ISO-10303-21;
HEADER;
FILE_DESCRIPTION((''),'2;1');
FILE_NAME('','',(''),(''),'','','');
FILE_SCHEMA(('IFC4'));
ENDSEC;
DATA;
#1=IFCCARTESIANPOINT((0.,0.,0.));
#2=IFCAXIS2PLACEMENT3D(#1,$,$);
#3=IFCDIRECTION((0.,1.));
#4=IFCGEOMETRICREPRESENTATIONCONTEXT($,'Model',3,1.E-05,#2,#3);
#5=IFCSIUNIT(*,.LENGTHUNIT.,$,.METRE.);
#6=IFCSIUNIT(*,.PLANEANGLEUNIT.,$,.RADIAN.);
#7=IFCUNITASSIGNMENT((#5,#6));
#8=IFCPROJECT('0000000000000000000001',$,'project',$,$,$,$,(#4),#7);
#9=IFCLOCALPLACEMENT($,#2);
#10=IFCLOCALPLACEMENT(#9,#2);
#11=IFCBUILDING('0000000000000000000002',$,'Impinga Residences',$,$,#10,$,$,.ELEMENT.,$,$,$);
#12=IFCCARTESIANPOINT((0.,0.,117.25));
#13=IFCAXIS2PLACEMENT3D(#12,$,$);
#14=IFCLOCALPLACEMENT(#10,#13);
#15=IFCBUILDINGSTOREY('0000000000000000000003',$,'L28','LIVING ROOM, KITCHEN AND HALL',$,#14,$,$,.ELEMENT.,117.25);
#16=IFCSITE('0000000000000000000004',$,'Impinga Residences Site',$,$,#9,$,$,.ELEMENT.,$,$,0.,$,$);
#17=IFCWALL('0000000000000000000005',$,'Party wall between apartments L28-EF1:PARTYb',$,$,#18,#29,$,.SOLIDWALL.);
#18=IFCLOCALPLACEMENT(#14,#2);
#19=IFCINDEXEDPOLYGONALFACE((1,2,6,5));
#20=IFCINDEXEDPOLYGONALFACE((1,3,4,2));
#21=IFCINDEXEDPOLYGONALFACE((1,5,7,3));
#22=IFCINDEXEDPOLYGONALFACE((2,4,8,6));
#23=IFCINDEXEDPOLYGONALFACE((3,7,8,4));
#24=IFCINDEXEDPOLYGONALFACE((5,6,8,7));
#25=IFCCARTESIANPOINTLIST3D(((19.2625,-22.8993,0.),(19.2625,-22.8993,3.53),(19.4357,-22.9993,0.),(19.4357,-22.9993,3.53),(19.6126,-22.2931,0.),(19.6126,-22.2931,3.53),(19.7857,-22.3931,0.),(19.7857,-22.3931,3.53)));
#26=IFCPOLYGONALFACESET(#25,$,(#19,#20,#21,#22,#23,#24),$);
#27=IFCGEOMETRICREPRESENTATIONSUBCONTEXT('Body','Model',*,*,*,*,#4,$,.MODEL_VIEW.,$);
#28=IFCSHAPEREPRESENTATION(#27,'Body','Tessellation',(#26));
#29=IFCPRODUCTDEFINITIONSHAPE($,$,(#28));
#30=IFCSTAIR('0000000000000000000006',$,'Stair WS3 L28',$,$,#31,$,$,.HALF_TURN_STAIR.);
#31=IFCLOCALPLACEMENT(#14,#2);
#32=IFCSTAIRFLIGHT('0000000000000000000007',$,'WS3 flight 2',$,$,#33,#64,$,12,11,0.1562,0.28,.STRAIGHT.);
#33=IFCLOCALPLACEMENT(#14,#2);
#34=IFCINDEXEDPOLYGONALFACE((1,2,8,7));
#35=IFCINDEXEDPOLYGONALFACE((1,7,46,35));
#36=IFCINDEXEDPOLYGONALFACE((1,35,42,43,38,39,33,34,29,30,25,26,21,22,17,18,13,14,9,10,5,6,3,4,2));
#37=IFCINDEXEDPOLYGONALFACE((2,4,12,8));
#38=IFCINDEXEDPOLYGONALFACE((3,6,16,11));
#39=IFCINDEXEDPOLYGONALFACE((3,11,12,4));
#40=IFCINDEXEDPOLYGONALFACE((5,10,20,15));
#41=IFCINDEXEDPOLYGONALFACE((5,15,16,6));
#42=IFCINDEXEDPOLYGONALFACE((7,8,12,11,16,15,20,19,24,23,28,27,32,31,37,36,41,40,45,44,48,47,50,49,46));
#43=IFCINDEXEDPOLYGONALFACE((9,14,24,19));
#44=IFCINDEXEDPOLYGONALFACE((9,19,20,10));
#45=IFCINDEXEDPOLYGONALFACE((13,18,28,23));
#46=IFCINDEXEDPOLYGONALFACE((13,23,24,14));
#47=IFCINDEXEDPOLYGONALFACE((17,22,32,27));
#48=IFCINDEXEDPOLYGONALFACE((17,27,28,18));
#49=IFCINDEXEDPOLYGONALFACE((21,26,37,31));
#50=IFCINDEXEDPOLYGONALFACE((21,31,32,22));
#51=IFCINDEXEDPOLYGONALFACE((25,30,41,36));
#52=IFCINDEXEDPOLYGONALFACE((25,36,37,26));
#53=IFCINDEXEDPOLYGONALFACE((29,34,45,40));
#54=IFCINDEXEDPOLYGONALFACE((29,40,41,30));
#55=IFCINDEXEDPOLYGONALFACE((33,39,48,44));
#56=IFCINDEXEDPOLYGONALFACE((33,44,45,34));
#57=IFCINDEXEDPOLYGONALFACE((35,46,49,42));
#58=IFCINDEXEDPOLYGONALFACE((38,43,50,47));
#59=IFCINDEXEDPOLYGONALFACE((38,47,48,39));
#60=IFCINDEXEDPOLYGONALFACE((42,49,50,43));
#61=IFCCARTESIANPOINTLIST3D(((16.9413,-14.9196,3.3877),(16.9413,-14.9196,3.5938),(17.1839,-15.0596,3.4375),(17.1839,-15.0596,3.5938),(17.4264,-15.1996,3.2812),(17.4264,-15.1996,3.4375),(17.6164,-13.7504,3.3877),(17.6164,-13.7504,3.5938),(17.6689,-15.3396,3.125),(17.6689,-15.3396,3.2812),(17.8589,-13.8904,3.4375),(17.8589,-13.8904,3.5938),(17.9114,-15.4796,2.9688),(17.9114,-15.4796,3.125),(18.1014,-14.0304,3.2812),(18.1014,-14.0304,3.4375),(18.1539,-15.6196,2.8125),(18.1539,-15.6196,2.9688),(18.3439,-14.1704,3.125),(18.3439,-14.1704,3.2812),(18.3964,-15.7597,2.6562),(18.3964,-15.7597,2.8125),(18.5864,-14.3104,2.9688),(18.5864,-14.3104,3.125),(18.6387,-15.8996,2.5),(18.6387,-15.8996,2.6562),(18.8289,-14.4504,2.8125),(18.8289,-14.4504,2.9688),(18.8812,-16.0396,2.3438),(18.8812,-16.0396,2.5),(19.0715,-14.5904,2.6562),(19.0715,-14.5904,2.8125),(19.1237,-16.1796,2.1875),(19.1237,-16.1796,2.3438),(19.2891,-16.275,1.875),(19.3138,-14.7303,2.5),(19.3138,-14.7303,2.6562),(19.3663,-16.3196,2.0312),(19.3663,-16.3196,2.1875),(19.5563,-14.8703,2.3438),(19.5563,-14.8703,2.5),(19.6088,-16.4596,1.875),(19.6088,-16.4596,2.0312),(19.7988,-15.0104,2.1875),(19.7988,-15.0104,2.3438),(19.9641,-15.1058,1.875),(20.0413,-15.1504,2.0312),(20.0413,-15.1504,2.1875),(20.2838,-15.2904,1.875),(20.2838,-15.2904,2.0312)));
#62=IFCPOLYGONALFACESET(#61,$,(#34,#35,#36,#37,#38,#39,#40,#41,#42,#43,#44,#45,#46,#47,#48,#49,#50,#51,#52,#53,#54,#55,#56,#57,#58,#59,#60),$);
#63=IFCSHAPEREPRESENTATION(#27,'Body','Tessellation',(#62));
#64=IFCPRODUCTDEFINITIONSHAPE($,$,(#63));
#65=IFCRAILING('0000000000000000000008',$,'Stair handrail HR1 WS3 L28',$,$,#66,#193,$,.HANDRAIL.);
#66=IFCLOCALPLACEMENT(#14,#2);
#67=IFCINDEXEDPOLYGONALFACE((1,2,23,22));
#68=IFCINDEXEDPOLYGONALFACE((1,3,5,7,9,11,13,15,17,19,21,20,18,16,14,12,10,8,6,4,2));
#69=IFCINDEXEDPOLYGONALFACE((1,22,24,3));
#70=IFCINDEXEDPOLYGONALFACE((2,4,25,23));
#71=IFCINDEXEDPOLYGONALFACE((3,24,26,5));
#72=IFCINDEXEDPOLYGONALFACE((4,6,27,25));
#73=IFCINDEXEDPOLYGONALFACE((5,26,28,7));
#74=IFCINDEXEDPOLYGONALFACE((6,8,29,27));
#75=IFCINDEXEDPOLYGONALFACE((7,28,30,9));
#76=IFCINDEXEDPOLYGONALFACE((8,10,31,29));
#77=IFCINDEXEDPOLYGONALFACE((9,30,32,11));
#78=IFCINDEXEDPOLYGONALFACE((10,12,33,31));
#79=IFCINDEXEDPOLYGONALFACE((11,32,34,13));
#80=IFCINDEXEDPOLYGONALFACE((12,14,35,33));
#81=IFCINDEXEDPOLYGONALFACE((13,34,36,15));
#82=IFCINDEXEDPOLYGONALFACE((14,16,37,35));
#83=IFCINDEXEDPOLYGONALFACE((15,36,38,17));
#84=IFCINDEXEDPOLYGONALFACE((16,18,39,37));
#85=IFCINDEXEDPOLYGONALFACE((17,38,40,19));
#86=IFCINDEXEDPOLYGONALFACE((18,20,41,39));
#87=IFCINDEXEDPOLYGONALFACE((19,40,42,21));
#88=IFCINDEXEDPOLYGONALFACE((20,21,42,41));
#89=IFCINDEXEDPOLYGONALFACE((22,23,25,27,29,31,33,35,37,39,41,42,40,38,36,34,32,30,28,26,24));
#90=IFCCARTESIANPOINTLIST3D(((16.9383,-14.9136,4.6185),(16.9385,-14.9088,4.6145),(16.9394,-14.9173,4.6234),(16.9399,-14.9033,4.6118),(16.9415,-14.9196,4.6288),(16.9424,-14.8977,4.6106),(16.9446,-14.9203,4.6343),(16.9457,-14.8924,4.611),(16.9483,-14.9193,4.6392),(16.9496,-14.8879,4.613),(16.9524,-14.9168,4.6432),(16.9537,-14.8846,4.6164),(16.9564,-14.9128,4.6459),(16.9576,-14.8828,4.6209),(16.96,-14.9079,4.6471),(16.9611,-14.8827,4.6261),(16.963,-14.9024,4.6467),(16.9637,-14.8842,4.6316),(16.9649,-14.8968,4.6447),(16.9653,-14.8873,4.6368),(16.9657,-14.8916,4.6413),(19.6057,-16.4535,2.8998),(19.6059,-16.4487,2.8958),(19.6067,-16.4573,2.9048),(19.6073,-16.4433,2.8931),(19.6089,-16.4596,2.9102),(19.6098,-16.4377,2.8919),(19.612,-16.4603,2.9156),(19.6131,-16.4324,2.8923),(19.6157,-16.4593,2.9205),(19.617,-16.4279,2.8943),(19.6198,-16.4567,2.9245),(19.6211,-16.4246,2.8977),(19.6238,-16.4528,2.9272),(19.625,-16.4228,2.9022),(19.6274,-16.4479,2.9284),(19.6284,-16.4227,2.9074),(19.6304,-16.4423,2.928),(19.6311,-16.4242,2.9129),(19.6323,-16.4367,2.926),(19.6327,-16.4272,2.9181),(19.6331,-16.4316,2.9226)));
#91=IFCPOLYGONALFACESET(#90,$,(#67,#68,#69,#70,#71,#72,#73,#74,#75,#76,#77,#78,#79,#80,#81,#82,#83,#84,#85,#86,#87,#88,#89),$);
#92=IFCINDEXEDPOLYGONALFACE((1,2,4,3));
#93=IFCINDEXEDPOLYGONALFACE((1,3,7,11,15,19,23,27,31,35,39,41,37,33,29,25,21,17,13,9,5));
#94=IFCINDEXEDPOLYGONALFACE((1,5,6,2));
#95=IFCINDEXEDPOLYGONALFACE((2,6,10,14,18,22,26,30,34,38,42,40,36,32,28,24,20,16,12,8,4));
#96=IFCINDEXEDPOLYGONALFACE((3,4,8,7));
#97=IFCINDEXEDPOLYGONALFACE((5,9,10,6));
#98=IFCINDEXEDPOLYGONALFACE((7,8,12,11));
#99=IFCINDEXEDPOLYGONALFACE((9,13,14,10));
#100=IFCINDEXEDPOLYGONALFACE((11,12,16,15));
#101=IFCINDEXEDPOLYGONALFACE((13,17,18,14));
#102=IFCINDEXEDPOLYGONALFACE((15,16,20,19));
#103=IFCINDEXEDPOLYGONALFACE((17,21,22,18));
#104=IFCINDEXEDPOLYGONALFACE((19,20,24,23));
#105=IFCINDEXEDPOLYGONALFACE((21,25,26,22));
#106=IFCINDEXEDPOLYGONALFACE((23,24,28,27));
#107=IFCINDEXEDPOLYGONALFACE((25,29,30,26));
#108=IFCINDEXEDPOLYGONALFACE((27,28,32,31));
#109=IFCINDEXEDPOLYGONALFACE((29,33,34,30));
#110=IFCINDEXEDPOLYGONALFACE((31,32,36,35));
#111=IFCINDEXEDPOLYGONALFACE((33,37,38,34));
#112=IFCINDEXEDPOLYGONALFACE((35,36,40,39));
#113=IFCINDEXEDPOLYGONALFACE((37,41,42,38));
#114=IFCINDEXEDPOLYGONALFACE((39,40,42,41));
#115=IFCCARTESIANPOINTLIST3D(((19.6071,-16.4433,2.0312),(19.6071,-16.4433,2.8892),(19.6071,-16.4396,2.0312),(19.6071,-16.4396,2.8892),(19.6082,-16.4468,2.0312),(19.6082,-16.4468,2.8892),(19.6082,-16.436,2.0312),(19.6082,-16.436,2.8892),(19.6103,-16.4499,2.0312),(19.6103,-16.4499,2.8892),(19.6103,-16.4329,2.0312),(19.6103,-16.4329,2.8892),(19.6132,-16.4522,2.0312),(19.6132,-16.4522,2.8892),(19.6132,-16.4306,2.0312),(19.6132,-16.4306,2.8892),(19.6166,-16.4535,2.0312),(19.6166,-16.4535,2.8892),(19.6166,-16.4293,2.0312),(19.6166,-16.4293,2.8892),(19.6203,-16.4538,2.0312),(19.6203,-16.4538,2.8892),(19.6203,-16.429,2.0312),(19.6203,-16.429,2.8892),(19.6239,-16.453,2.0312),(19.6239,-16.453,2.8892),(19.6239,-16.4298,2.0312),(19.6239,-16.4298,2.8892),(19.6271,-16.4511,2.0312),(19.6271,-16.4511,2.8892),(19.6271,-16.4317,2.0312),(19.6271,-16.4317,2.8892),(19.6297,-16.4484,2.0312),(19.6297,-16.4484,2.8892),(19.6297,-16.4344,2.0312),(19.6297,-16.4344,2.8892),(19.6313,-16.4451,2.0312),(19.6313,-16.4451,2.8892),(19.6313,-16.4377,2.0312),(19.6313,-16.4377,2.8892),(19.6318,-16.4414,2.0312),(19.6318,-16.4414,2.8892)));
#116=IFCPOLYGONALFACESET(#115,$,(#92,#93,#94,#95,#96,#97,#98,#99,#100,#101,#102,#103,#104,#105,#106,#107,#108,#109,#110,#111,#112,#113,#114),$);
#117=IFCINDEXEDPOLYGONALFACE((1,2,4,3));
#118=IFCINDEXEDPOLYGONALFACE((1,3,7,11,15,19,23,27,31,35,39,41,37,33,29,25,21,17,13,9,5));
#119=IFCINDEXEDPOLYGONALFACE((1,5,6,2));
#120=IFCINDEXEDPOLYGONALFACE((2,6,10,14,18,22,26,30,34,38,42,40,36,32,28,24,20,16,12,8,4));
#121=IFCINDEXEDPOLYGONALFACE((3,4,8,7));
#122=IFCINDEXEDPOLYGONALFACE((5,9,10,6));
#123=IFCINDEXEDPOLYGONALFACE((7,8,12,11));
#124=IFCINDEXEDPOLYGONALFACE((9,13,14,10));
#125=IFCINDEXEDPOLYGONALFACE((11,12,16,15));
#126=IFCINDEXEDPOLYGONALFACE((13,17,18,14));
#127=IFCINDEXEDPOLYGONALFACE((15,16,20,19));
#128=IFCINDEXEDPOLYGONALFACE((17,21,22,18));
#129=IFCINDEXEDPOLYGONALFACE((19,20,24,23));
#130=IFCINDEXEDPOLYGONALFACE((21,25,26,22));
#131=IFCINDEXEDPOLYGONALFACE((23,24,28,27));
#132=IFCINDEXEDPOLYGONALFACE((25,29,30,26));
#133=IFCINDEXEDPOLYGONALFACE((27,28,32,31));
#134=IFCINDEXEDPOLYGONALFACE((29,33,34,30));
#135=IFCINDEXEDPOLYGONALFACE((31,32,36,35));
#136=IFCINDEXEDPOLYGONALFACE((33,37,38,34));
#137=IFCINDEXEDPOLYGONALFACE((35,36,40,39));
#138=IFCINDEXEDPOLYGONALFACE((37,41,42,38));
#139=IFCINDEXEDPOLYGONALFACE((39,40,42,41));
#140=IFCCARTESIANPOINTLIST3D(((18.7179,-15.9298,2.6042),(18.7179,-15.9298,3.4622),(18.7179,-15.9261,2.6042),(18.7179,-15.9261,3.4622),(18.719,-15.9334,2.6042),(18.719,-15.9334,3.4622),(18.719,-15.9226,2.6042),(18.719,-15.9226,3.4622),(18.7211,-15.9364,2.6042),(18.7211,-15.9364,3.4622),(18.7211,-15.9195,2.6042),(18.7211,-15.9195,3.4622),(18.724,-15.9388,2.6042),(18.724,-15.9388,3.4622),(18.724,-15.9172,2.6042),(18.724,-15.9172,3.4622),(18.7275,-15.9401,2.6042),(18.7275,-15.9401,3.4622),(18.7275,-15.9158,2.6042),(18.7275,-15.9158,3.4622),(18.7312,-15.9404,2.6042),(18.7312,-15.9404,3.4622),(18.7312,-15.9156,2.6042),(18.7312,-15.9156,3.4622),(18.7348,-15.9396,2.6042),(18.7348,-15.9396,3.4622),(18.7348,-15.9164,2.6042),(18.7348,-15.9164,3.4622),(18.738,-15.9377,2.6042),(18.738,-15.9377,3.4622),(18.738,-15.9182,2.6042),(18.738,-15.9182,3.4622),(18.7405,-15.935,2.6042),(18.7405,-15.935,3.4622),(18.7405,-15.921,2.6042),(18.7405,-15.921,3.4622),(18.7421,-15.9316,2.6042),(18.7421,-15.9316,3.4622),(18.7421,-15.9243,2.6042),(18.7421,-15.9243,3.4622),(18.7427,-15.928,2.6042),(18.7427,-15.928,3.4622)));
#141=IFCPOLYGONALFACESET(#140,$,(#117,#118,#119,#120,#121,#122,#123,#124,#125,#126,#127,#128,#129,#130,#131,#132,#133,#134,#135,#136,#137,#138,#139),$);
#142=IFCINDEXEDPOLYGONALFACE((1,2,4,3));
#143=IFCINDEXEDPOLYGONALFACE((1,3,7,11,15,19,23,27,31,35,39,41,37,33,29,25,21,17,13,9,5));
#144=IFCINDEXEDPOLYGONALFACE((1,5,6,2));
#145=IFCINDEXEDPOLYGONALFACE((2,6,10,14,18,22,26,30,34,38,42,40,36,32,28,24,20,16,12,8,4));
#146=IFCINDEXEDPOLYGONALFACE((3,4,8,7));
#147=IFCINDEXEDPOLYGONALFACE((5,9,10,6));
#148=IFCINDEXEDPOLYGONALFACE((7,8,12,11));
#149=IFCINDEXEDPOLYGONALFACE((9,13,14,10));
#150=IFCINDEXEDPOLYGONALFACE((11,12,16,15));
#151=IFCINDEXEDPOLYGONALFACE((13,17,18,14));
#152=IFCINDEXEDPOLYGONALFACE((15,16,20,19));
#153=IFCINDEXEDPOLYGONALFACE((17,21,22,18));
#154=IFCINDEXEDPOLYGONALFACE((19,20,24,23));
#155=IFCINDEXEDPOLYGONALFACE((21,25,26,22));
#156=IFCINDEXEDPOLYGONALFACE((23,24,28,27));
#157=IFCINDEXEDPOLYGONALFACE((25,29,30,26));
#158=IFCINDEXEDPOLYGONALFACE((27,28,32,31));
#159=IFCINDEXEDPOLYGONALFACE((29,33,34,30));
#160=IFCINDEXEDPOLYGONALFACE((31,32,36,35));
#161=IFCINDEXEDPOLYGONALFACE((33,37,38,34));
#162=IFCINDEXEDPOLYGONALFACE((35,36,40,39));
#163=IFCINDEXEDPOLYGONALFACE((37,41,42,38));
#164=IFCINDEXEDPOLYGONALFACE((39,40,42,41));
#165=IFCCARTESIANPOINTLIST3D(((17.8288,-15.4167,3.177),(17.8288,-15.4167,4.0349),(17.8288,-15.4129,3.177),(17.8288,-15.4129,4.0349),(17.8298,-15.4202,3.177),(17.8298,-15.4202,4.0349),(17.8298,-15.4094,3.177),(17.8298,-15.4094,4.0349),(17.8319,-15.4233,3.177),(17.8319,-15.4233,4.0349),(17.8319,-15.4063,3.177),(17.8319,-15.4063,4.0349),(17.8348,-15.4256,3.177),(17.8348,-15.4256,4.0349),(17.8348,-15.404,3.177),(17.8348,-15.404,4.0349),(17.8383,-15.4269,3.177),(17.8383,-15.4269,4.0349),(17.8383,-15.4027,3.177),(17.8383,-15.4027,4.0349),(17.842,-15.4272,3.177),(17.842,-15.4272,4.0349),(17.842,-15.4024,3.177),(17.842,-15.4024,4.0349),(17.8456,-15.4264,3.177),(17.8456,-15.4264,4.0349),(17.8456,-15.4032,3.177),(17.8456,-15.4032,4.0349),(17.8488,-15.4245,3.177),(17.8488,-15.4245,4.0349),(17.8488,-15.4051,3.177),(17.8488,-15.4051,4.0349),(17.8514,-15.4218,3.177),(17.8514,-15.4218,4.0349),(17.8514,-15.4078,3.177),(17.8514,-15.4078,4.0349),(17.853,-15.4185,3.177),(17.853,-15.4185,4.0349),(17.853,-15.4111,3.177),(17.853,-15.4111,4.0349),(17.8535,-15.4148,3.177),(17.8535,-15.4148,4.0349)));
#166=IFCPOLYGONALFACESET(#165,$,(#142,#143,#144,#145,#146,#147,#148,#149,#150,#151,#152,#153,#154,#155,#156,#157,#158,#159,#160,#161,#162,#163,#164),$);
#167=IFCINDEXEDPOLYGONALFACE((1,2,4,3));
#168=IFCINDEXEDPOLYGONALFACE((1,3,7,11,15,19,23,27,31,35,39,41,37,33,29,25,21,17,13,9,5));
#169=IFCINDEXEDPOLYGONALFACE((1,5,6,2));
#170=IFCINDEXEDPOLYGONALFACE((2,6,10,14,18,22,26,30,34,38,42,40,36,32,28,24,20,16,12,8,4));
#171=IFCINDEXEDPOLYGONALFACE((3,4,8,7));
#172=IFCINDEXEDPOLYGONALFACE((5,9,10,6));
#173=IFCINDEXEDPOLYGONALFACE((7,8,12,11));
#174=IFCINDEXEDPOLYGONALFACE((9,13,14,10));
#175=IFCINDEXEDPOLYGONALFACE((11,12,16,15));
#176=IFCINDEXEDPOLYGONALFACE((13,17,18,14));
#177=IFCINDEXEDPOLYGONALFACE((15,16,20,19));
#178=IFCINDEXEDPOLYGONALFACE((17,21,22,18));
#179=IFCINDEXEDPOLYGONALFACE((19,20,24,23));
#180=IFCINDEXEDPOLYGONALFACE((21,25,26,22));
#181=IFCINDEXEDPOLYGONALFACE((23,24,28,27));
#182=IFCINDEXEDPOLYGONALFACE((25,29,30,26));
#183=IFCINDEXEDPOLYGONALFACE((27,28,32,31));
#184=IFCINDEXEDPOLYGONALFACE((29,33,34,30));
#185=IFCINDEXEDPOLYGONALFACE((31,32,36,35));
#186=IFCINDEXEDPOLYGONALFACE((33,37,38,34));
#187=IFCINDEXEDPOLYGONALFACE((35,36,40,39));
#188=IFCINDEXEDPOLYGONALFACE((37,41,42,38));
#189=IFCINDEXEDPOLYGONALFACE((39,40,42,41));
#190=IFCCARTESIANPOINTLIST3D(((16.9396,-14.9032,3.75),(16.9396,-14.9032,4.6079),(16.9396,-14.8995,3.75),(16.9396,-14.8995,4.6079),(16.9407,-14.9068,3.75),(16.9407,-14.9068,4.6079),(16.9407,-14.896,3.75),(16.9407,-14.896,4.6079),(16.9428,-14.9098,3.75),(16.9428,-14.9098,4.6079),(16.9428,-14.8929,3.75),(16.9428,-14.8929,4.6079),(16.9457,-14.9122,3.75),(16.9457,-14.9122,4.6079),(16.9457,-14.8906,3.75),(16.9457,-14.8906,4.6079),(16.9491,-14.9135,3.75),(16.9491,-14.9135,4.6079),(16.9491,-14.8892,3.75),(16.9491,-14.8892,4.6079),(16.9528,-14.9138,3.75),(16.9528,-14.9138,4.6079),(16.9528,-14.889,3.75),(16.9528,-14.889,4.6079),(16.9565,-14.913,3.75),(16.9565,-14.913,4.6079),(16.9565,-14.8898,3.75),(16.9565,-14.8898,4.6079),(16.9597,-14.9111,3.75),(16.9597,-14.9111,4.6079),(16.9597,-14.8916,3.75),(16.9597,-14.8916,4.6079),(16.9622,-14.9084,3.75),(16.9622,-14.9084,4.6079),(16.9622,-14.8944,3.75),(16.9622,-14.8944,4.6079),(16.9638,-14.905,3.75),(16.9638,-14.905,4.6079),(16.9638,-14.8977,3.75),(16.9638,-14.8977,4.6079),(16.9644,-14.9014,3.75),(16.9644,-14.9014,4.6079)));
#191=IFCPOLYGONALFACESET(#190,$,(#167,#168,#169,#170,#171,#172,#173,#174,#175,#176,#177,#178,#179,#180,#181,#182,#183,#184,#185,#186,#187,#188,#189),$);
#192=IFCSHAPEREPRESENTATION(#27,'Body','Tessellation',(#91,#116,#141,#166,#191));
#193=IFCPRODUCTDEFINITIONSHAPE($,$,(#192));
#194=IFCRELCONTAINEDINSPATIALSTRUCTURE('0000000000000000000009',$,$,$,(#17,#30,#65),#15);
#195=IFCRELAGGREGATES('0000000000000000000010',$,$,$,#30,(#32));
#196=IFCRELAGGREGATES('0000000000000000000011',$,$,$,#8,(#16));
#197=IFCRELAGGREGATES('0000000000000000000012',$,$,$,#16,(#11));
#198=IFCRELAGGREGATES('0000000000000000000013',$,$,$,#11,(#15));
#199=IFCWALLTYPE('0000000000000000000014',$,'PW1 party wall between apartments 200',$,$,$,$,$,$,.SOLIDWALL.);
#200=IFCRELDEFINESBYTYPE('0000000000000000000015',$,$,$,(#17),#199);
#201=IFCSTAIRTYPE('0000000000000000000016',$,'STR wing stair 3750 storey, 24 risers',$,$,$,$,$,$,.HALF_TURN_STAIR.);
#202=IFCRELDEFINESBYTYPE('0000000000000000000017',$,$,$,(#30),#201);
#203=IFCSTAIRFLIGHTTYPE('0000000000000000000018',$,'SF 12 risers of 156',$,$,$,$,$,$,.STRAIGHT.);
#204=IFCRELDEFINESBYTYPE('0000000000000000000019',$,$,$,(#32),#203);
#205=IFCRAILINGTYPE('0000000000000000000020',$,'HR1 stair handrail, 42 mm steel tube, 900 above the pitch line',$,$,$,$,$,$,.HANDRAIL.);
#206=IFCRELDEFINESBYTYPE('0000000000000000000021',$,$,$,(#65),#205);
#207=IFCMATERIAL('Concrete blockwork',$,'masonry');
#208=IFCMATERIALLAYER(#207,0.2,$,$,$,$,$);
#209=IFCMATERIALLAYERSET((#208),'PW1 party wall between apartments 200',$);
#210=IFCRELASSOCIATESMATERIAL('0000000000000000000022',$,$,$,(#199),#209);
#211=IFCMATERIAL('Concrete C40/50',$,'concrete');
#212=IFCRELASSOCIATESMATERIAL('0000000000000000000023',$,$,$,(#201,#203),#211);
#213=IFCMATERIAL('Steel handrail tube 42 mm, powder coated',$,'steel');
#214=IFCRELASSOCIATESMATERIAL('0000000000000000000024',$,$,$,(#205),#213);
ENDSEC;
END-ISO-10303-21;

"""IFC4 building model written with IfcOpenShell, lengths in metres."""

from ifc_helpers import new_model, si_unit, direction, frame, frame_2d, origin, origin_2d, place, context, subcontext, project, spatial, polyline, rectangle, circle, outline, extrude, material, layer, layer_set, type_object, element, aggregate, save


model = new_model("IFC4")

# Units and contexts
model_context = context("Model", 3, precision=1e-05, world=origin(), true_north=direction((0.0, 1.0)))
body_context = subcontext(model_context, "Body", "Model", "MODEL_VIEW")
ifc_project = project(units=[si_unit("LENGTHUNIT", "METRE"), si_unit("PLANEANGLEUNIT", "RADIAN")], contexts=[model_context])

# Site, building, storey
site_placement = place(None, origin())
site = spatial("IfcSite", under=ifc_project, at=site_placement, Name="Impinga Residences Site", CompositionType="ELEMENT", RefElevation=0.0)
building_placement = place(site_placement, origin())
building = spatial("IfcBuilding", under=site, at=building_placement, Name="Impinga Residences", CompositionType="ELEMENT")
storey_placement = place(building_placement, frame((0.0, 0.0, 117.25)))
storey = spatial("IfcBuildingStorey", under=building, at=storey_placement, Name="L28", Description="LIVING ROOM, KITCHEN AND HALL", CompositionType="ELEMENT", Elevation=117.25)

# Wall
ifc_material_1 = material(Name="Concrete blockwork", Category="masonry")
ifc_layer_1 = layer(ifc_material_1, 0.2)
ifc_layer_set_1 = layer_set([ifc_layer_1], Name="PW1 party wall between apartments 200")
wall_type_1 = type_object("IfcWallType", Name="PW1 party wall between apartments 200", PredefinedType="SOLIDWALL", material=ifc_layer_set_1)
wall_1_placement = place(storey_placement, frame((19.6992, -22.343, 0.0), z_axis=(0.0, 0.0, 1.0), x_axis=(-0.500115, -0.865959, 0.0)))
element("IfcWall", 1, at=wall_1_placement, inside=storey, type_object=wall_type_1, Name="Party wall between apartments L28-EF1:PARTYb", PredefinedType="SOLIDWALL", context=body_context, shape_type="SweptSolid", body=[
    extrude(rectangle(XDim=0.7, YDim=0.2, at=frame_2d((0.3501, 0.0))), origin(), (0.0, 0.0, 1.0), 3.53),
])

# Stair, stair flight
ifc_material_2 = material(Name="Concrete C40/50", Category="concrete")
stair_type = type_object("IfcStairType", Name="STR wing stair 3750 storey, 24 risers", PredefinedType="HALF_TURN_STAIR", material=ifc_material_2)
stair_placement = place(storey_placement, origin())
stair = element("IfcStair", 2, at=stair_placement, inside=storey, type_object=stair_type, Name="Stair WS3 L28", PredefinedType="HALF_TURN_STAIR")
stair_flight_type = type_object("IfcStairFlightType", Name="SF 12 risers of 156", PredefinedType="STRAIGHT", material=ifc_material_2)
stair_flight_placement = place(storey_placement, frame((19.9463, -15.875, 1.875), z_axis=(0.0, 0.0, 1.0), x_axis=(-0.866025, 0.5, 0.0)))
stair_flight = element("IfcStairFlight", 3, at=stair_flight_placement, type_object=stair_flight_type, Name="WS3 flight 2", NumberOfRisers=12, NumberOfTreads=11, PredefinedType="STRAIGHT", RiserHeight=0.1562, TreadLength=0.28, context=body_context, shape_type="SweptSolid", body=[
    extrude(outline(polyline([(0.0, 0.0), (0.0, 0.1562), (0.28, 0.1562), (0.28, 0.3125), (0.5601, 0.3125), (0.5601, 0.4688), (0.8401, 0.4688), (0.8401, 0.625), (1.1201, 0.625), (1.1201, 0.7812), (1.3999, 0.7812), (1.3999, 0.9375), (1.6799, 0.9375), (1.6799, 1.0938), (1.96, 1.0938), (1.96, 1.25), (2.24, 1.25), (2.24, 1.4062), (2.52, 1.4062), (2.52, 1.5625), (2.8, 1.5625), (2.8, 1.7188), (3.0801, 1.7188), (3.0801, 1.875), (3.0801, 1.5127), (0.3691, 0.0), (0.0, 0.0)])), frame((0.0, 0.675, 0.0), z_axis=(0.0, -1.0, 0.0), x_axis=(1.0, 0.0, 0.0)), (0.0, 0.0, 1.0), 1.3501),
])
aggregate(stair, [stair_flight])

# Railing
ifc_material_3 = material(Name="Steel handrail tube 42 mm, powder coated", Category="steel")
railing_type = type_object("IfcRailingType", Name="HR1 stair handrail, 42 mm steel tube, 900 above the pitch line", PredefinedType="HANDRAIL", material=ifc_material_3)
railing_placement = place(storey_placement, frame((19.6194, -16.4414, 2.0312)))
element("IfcRailing", 4, at=railing_placement, inside=storey, type_object=railing_type, Name="Stair handrail HR1 WS3 L28", PredefinedType="HANDRAIL", context=body_context, shape_type="SweptSolid", body=[
    extrude(circle(Radius=0.021, at=origin_2d()), frame((0.0, 0.0, 0.8789), z_axis=(-0.756256, 0.436616, 0.487282), x_axis=(-0.499992, -0.86603, 0.0)), (0.0, 0.0, 1.0), 3.5271),
    extrude(circle(Radius=0.0125, at=origin_2d()), origin(), (0.0, 0.0, 1.0), 0.8579),
    extrude(circle(Radius=0.0125, at=origin_2d()), frame((-0.8892, 0.5134, 0.573)), (0.0, 0.0, 1.0), 0.8579),
    extrude(circle(Radius=0.0125, at=origin_2d()), frame((-1.7783, 1.0266, 1.1458)), (0.0, 0.0, 1.0), 0.8579),
    extrude(circle(Radius=0.0125, at=origin_2d()), frame((-2.6675, 1.54, 1.7188)), (0.0, 0.0, 1.0), 0.8579),
])

save(model, "model.ifc")
